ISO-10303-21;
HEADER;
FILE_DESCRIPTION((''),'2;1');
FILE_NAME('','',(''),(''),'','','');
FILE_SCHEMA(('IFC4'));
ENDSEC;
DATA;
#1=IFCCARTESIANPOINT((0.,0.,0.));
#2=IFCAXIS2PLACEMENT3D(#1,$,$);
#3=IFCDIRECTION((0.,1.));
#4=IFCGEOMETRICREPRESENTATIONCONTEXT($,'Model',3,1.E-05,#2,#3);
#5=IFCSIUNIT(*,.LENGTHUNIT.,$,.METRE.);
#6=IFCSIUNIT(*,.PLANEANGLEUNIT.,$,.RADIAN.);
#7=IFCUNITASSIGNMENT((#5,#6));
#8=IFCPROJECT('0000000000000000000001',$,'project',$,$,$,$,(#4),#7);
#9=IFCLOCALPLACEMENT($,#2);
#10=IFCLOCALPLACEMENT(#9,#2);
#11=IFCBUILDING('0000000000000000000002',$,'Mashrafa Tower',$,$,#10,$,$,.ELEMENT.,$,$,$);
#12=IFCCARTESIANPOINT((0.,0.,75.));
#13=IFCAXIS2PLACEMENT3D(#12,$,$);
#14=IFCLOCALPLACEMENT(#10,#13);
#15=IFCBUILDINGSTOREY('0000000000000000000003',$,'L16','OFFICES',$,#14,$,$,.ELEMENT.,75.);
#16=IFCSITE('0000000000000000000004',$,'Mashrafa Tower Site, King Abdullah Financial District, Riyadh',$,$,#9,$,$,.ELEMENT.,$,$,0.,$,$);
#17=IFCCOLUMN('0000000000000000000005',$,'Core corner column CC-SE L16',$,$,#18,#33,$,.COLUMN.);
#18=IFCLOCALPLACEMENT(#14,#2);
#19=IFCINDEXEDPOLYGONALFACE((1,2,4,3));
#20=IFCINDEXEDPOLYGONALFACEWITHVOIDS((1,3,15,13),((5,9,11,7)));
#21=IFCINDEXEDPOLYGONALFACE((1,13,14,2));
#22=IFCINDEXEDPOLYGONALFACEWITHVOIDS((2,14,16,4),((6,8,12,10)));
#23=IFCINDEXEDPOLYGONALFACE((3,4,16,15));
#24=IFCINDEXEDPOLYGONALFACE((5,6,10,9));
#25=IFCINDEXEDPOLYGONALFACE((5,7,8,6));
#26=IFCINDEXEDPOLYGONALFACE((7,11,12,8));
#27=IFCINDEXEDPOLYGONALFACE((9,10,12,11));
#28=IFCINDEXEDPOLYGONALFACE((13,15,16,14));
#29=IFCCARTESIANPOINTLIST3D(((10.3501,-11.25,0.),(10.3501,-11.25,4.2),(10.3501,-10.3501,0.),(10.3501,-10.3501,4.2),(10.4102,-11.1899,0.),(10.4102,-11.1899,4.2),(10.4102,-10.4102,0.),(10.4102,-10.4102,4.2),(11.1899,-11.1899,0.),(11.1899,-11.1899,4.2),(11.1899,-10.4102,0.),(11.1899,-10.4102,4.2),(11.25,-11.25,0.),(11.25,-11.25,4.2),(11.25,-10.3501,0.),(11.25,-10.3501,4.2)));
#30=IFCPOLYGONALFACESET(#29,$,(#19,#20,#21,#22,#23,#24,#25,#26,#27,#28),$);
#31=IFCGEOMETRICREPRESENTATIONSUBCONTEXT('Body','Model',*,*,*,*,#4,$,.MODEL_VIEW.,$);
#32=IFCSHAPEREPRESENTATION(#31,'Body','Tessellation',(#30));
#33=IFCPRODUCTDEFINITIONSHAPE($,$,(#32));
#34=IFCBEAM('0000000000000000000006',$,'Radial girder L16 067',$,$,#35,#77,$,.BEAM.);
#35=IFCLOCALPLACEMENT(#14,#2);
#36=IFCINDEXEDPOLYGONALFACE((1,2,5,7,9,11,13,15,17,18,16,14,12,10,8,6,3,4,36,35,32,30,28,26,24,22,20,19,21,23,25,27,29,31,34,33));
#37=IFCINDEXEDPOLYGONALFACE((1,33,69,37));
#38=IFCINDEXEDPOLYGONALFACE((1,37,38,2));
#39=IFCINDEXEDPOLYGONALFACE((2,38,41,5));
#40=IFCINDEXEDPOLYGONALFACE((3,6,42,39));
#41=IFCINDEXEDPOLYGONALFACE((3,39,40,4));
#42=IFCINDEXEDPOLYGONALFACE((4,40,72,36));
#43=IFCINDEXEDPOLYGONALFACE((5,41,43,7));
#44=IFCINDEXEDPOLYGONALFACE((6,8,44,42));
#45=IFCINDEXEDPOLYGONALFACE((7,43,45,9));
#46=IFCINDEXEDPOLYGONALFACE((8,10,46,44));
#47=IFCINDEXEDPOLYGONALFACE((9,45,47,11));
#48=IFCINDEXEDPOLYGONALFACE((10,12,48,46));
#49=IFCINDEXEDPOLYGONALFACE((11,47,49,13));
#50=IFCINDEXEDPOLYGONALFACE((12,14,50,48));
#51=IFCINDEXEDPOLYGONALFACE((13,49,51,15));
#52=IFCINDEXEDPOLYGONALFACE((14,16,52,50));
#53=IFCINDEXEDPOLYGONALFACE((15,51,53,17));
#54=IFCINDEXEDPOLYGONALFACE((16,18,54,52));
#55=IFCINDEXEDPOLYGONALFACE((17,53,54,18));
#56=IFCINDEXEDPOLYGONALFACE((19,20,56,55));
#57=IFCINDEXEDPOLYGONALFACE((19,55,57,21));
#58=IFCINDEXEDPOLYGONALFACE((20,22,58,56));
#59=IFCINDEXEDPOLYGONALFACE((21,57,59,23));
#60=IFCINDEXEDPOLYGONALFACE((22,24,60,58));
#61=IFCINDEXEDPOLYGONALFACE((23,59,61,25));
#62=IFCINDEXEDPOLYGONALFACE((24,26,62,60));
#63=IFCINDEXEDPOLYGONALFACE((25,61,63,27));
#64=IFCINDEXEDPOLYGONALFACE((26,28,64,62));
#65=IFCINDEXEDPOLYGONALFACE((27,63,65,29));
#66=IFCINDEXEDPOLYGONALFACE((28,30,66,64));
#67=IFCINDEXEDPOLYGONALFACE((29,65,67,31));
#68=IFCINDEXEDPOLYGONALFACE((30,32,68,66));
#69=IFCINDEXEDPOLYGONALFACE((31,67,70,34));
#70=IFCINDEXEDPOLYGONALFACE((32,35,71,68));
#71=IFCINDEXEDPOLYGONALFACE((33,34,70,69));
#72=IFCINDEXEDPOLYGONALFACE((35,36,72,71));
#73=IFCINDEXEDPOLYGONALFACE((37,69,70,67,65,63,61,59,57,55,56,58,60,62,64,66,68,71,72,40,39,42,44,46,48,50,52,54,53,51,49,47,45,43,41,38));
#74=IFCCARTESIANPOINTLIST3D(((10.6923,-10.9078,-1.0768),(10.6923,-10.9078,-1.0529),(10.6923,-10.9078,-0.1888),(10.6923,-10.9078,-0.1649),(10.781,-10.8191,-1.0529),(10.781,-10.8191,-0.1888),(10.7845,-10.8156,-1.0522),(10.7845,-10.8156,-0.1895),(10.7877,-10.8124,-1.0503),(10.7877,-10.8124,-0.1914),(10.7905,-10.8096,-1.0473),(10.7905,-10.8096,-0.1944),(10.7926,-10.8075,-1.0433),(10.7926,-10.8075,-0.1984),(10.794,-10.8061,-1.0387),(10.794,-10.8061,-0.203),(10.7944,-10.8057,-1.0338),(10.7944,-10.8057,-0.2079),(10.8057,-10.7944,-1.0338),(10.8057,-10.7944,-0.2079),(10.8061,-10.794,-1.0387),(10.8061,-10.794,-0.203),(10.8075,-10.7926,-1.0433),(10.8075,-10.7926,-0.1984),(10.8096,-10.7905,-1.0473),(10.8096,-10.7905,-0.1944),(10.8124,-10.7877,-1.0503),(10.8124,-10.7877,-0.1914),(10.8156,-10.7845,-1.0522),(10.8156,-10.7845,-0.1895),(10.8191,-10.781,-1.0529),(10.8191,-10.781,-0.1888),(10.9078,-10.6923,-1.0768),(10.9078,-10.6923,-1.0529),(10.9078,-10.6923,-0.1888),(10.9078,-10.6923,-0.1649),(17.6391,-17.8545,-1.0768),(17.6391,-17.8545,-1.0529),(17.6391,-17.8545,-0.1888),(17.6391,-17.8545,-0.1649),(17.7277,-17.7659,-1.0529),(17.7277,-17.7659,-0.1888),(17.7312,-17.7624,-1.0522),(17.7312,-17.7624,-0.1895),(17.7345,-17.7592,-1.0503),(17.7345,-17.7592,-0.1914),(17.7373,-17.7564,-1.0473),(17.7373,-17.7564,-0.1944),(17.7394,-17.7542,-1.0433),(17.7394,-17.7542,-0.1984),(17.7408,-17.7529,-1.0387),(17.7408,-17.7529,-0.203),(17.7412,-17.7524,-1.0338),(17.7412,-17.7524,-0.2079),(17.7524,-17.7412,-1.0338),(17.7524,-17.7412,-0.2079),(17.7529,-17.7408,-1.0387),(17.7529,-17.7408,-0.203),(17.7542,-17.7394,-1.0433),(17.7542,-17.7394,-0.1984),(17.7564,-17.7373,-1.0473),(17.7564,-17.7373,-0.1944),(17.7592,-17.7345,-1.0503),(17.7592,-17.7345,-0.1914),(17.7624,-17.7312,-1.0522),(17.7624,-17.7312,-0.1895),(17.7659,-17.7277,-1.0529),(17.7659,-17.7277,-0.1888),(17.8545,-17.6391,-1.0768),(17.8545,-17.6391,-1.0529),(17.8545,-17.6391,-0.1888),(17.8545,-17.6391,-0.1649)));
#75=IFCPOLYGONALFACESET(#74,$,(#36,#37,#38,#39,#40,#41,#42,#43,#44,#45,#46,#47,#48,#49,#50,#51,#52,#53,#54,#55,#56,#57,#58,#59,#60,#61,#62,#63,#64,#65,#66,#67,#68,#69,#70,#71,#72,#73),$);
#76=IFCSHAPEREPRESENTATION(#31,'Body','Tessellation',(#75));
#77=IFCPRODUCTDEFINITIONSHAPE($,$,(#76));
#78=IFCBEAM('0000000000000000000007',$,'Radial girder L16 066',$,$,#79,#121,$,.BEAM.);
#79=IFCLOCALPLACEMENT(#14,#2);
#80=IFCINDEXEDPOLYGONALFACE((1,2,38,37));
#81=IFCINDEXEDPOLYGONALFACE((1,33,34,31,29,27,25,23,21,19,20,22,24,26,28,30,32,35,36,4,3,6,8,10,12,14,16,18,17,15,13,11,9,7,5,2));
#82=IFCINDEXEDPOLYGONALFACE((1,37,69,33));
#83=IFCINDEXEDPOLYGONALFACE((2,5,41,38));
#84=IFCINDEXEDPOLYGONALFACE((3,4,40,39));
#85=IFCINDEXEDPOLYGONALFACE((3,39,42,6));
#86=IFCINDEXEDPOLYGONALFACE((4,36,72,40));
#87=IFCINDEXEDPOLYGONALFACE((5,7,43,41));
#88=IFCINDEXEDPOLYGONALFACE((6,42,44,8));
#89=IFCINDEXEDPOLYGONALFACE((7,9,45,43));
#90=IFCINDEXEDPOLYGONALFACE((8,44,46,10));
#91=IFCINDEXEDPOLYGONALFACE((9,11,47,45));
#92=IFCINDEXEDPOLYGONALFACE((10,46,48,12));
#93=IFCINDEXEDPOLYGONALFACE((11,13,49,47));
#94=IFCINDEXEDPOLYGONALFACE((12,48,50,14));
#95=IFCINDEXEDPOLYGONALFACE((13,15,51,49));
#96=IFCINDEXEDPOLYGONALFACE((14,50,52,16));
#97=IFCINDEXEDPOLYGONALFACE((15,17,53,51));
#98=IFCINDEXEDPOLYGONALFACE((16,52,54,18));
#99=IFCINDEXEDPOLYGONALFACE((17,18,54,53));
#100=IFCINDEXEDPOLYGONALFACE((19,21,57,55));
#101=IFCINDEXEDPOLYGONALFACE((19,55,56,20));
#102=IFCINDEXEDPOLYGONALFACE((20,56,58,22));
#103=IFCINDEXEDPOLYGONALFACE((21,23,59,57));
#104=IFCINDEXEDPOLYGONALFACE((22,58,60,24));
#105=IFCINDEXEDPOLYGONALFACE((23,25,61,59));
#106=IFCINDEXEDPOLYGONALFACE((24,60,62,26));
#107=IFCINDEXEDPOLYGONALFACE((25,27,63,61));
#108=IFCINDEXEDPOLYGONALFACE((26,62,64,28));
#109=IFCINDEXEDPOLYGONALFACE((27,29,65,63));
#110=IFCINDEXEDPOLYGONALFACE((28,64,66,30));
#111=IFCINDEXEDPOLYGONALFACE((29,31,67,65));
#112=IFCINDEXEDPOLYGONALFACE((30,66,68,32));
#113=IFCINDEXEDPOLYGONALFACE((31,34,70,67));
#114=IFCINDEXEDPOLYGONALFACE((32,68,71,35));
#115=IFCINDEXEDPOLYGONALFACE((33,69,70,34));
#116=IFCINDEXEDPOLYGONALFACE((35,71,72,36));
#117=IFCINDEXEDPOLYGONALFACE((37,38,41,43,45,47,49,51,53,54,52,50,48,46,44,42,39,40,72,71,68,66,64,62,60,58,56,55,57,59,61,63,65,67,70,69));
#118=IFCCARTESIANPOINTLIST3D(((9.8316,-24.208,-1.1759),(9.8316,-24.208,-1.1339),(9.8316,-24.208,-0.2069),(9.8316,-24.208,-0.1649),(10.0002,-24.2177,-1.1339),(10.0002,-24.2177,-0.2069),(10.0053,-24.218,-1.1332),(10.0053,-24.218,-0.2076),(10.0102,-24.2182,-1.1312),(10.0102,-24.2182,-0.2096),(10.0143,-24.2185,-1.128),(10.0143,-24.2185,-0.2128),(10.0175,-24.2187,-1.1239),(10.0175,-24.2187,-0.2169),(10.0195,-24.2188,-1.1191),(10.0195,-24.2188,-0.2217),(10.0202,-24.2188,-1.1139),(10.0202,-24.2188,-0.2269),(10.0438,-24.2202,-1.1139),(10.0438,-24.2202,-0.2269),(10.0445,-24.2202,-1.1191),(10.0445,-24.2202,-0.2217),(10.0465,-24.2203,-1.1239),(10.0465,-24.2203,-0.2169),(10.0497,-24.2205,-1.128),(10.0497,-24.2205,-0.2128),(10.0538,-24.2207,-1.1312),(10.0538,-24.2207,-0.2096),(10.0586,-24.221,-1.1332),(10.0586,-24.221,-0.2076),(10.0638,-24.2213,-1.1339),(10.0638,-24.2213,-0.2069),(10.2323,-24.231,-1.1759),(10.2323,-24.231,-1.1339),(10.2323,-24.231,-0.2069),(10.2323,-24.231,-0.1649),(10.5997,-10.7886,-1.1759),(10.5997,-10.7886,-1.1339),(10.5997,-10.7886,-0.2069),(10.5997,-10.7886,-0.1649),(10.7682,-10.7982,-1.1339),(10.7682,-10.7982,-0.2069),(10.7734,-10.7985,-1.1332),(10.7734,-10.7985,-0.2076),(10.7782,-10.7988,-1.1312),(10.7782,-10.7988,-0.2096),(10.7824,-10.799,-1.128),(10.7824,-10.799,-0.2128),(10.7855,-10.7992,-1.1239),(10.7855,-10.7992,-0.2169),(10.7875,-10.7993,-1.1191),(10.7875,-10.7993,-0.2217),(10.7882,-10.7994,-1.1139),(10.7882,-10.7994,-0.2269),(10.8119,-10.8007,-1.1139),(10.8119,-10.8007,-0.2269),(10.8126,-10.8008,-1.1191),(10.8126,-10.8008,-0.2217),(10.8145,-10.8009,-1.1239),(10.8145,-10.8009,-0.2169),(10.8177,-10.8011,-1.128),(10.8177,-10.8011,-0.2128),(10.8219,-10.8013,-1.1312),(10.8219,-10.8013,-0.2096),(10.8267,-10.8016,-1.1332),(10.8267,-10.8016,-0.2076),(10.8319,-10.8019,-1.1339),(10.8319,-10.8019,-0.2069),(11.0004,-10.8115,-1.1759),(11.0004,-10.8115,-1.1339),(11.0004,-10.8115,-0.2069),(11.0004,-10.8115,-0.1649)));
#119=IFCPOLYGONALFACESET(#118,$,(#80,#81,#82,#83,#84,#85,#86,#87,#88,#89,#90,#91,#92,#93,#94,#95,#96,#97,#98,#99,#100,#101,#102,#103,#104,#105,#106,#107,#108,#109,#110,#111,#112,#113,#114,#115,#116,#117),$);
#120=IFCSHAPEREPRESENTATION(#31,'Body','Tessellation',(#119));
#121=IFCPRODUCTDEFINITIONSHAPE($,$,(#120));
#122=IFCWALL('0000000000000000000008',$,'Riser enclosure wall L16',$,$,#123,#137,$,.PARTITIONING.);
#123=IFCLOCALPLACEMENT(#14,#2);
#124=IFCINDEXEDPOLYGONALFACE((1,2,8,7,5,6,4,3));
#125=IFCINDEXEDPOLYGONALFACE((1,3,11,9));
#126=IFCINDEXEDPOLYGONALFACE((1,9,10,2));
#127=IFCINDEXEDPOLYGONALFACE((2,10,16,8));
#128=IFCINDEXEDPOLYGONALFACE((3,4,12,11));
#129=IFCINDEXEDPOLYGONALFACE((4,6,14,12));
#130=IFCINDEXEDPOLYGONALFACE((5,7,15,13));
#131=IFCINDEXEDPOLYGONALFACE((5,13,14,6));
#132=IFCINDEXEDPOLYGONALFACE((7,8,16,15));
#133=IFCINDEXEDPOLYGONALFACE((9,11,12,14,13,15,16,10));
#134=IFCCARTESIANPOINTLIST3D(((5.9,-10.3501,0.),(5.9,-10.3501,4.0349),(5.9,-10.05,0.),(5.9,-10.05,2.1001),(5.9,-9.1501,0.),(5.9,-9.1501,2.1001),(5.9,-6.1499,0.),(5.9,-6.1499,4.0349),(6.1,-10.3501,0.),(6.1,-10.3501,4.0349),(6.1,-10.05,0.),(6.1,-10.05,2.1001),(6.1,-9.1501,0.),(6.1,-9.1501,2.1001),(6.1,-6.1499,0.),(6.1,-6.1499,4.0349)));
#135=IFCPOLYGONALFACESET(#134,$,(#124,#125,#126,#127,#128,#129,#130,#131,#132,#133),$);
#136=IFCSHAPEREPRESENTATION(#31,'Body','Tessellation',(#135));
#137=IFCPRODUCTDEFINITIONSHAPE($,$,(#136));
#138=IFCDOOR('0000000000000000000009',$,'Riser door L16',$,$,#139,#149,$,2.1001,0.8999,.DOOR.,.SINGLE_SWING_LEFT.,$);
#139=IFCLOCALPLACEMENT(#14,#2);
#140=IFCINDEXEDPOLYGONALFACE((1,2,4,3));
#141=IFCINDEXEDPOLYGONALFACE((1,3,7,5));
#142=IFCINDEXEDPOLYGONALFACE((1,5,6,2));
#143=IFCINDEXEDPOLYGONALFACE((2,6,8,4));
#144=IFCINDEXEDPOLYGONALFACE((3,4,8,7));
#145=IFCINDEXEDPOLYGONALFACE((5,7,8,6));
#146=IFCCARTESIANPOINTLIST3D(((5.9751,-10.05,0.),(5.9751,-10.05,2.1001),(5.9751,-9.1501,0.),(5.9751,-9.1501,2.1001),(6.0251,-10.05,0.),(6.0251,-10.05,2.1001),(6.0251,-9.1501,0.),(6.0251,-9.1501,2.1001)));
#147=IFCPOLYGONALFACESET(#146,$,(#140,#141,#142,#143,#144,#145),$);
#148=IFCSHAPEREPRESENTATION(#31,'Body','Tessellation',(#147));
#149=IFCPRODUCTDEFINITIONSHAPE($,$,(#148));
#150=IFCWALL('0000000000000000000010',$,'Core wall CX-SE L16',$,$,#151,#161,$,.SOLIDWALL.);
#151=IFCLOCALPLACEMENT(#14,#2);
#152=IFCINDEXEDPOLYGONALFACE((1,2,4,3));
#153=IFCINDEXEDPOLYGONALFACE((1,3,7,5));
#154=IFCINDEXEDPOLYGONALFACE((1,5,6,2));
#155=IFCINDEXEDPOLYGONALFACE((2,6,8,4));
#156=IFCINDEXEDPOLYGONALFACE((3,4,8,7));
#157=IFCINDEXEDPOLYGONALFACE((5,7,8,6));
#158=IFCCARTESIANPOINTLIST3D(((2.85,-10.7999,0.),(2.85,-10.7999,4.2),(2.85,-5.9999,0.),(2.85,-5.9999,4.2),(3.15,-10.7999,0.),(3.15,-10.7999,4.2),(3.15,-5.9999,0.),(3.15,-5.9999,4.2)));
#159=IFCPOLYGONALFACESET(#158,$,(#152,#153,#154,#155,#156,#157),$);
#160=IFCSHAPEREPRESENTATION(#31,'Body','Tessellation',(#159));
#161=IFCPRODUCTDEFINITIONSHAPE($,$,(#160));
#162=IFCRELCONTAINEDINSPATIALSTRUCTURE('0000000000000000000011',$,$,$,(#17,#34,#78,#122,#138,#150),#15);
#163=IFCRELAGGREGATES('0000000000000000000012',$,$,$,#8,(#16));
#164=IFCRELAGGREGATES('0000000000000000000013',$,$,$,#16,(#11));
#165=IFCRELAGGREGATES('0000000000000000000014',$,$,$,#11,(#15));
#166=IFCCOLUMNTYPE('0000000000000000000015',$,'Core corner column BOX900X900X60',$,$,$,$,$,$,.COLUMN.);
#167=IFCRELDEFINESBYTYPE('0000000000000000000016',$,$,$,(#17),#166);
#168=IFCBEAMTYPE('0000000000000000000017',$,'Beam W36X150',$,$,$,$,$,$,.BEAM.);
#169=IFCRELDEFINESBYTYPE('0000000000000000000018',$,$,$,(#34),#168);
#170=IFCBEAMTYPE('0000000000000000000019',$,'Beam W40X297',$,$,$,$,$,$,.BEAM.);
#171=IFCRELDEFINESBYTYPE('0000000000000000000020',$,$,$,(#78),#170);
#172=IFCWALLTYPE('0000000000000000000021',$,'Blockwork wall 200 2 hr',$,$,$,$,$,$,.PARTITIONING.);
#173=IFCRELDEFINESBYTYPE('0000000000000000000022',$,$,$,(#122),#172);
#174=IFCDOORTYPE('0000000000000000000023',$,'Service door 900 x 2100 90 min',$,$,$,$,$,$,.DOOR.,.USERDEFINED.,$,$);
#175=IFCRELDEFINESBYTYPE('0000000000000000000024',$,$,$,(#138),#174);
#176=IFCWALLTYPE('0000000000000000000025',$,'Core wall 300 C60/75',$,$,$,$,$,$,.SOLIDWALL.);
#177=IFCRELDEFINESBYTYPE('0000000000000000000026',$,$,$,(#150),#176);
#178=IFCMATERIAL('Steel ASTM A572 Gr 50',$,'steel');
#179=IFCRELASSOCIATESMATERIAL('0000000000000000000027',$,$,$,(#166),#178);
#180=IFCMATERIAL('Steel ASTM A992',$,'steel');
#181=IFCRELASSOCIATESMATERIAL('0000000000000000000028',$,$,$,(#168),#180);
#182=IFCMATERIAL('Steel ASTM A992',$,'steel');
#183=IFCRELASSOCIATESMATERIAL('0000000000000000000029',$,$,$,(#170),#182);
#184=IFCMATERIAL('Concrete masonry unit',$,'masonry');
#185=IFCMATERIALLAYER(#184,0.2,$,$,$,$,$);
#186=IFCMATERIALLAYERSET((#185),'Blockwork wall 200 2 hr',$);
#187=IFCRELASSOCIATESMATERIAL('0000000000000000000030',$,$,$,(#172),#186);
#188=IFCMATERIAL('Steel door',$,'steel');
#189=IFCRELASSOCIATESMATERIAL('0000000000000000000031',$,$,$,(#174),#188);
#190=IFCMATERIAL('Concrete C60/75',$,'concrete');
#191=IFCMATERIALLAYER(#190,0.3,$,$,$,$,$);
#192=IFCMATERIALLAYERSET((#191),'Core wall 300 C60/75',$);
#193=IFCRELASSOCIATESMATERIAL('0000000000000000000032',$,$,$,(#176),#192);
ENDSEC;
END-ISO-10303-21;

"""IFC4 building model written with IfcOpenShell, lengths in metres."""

from ifc_helpers import new_model, si_unit, direction, frame, frame_2d, origin, origin_2d, place, context, subcontext, project, spatial, rectangle, hollow_rectangle, i_section, extrude, material, layer, layer_set, material_profile, profile_set, type_object, element, fill, save


model = new_model("IFC4")

# Units and contexts
model_context = context("Model", 3, precision=1e-05, world=origin(), true_north=direction((0.0, 1.0)))
body_context = subcontext(model_context, "Body", "Model", "MODEL_VIEW")
ifc_project = project(units=[si_unit("LENGTHUNIT", "METRE"), si_unit("PLANEANGLEUNIT", "RADIAN")], contexts=[model_context])

# Site, building, storey
site_placement = place(None, origin())
site = spatial("IfcSite", under=ifc_project, at=site_placement, Name="Mashrafa Tower Site, King Abdullah Financial District, Riyadh", CompositionType="ELEMENT", RefElevation=0.0)
building_placement = place(site_placement, origin())
building = spatial("IfcBuilding", under=site, at=building_placement, Name="Mashrafa Tower", CompositionType="ELEMENT")
storey_placement = place(building_placement, frame((0.0, 0.0, 75.0)))
storey = spatial("IfcBuildingStorey", under=building, at=storey_placement, Name="L16", Description="OFFICES", CompositionType="ELEMENT", Elevation=75.0)

# Column
ifc_material_1 = material(Name="Steel ASTM A572 Gr 50", Category="steel")
ifc_material_profile_1 = material_profile(ifc_material_1, hollow_rectangle(XDim=0.8999, YDim=0.8999, WallThickness=0.0601, at=origin_2d()), Name="BOX900X900X60")
ifc_profile_set_1 = profile_set([ifc_material_profile_1], Name="Steel ASTM A572 Gr 50")
column_type = type_object("IfcColumnType", Name="Core corner column BOX900X900X60", PredefinedType="COLUMN", material=ifc_profile_set_1)
column_placement = place(storey_placement, frame((10.8, -10.8, 0.0), z_axis=(0.0, 0.0, 1.0), x_axis=(1.0, 0.0, 0.0)))
element("IfcColumn", 1, at=column_placement, inside=storey, type_object=column_type, Name="Core corner column CC-SE L16", PredefinedType="COLUMN", context=body_context, shape_type="SweptSolid", body=[
    extrude(hollow_rectangle(XDim=0.8999, YDim=0.8999, WallThickness=0.0601, at=origin_2d()), origin(), (0.0, 0.0, 1.0), 4.2),
])

# Beams
ifc_material_2 = material(Name="Steel ASTM A992", Category="steel")
ifc_material_profile_2 = material_profile(ifc_material_2, i_section(OverallWidth=0.3047, OverallDepth=0.9119, WebThickness=0.0159, FlangeThickness=0.0239, FilletRadius=0.019, at=origin_2d()), Name="W36X150")
ifc_profile_set_2 = profile_set([ifc_material_profile_2], Name="Steel ASTM A992")
beam_type_1 = type_object("IfcBeamType", Name="Beam W36X150", PredefinedType="BEAM", material=ifc_profile_set_2)
beam_1_placement = place(storey_placement, frame((10.8, -10.8, -0.6208), z_axis=(0.707107, -0.707107, 0.0), x_axis=(0.707107, 0.707107, 0.0)))
element("IfcBeam", 2, at=beam_1_placement, inside=storey, type_object=beam_type_1, Name="Radial girder L16 067", PredefinedType="BEAM", context=body_context, shape_type="SweptSolid", body=[
    extrude(i_section(OverallWidth=0.3047, OverallDepth=0.9119, WebThickness=0.0159, FlangeThickness=0.0239, FilletRadius=0.019, at=origin_2d()), origin(), (0.0, 0.0, 1.0), 9.8242),
])
ifc_material_3 = material(Name="Steel ASTM A992", Category="steel")
ifc_material_profile_3 = material_profile(ifc_material_3, i_section(OverallWidth=0.4014, OverallDepth=1.011, WebThickness=0.0237, FlangeThickness=0.042, FilletRadius=0.02, at=origin_2d()), Name="W40X297")
ifc_profile_set_3 = profile_set([ifc_material_profile_3], Name="Steel ASTM A992")
beam_type_2 = type_object("IfcBeamType", Name="Beam W40X297", PredefinedType="BEAM", material=ifc_profile_set_3)
beam_2_placement = place(storey_placement, frame((10.8, -10.8, -0.6704), z_axis=(-0.057142, -0.998366, 0.0), x_axis=(0.998366, -0.057142, 0.0)))
element("IfcBeam", 3, at=beam_2_placement, inside=storey, type_object=beam_type_2, Name="Radial girder L16 066", PredefinedType="BEAM", context=body_context, shape_type="SweptSolid", body=[
    extrude(i_section(OverallWidth=0.4014, OverallDepth=1.011, WebThickness=0.0237, FlangeThickness=0.042, FilletRadius=0.02, at=origin_2d()), origin(), (0.0, 0.0, 1.0), 13.4414),
])

# Wall, opening, door
ifc_material_4 = material(Name="Concrete masonry unit", Category="masonry")
ifc_layer_1 = layer(ifc_material_4, 0.2)
ifc_layer_set_1 = layer_set([ifc_layer_1], Name="Blockwork wall 200 2 hr")
wall_type_1 = type_object("IfcWallType", Name="Blockwork wall 200 2 hr", PredefinedType="PARTITIONING", material=ifc_layer_set_1)
wall_1_placement = place(storey_placement, frame((6.0, -10.3501, 0.0), z_axis=(0.0, 0.0, 1.0), x_axis=(0.0, 1.0, 0.0)))
wall_1 = element("IfcWall", 4, at=wall_1_placement, inside=storey, type_object=wall_type_1, Name="Riser enclosure wall L16", PredefinedType="PARTITIONING", context=body_context, shape_type="SweptSolid", body=[
    extrude(rectangle(XDim=4.2002, YDim=0.2, at=frame_2d((2.1001, 0.0))), origin(), (0.0, 0.0, 1.0), 4.0349),
])
opening_1_placement = place(wall_1_placement, frame((0.3, 0.0, 0.0)))
opening_1 = element("IfcOpeningElement", 5, at=opening_1_placement, cuts=wall_1, PredefinedType="OPENING", context=body_context, shape_type="SweptSolid", body=[
    extrude(rectangle(XDim=0.8999, YDim=2.1001, at=frame_2d((0.45, 1.05))), frame((0.0, 0.1099, 0.0), z_axis=(0.0, -1.0, 0.0), x_axis=(1.0, 0.0, 0.0)), (0.0, 0.0, 1.0), 0.22),
])
ifc_material_5 = material(Name="Steel door", Category="steel")
door_type_1 = type_object("IfcDoorType", Name="Service door 900 x 2100 90 min", OperationType="USERDEFINED", PredefinedType="DOOR", material=ifc_material_5)
door_1_placement = place(opening_1_placement, origin())
door_1 = element("IfcDoor", 6, at=door_1_placement, inside=storey, type_object=door_type_1, Name="Riser door L16", OperationType="SINGLE_SWING_LEFT", OverallHeight=2.1001, OverallWidth=0.8999, PredefinedType="DOOR", context=body_context, shape_type="SweptSolid", body=[
    extrude(rectangle(XDim=0.8999, YDim=2.1001, at=frame_2d((0.45, 1.05))), frame((0.0, 0.0249, 0.0), z_axis=(0.0, -1.0, 0.0), x_axis=(1.0, 0.0, 0.0)), (0.0, 0.0, 1.0), 0.05),
])
fill(opening_1, door_1)

# Wall
ifc_material_6 = material(Name="Concrete C60/75", Category="concrete")
ifc_layer_2 = layer(ifc_material_6, 0.3)
ifc_layer_set_2 = layer_set([ifc_layer_2], Name="Core wall 300 C60/75")
wall_type_2 = type_object("IfcWallType", Name="Core wall 300 C60/75", PredefinedType="SOLIDWALL", material=ifc_layer_set_2)
wall_2_placement = place(storey_placement, frame((3.0, -6.0, 0.0), z_axis=(0.0, 0.0, 1.0), x_axis=(0.0, -1.0, 0.0)))
element("IfcWall", 7, at=wall_2_placement, inside=storey, type_object=wall_type_2, Name="Core wall CX-SE L16", PredefinedType="SOLIDWALL", context=body_context, shape_type="SweptSolid", body=[
    extrude(rectangle(XDim=4.8, YDim=0.3, at=frame_2d((2.3999, 0.0))), origin(), (0.0, 0.0, 1.0), 4.2),
])

save(model, "model.ifc")
